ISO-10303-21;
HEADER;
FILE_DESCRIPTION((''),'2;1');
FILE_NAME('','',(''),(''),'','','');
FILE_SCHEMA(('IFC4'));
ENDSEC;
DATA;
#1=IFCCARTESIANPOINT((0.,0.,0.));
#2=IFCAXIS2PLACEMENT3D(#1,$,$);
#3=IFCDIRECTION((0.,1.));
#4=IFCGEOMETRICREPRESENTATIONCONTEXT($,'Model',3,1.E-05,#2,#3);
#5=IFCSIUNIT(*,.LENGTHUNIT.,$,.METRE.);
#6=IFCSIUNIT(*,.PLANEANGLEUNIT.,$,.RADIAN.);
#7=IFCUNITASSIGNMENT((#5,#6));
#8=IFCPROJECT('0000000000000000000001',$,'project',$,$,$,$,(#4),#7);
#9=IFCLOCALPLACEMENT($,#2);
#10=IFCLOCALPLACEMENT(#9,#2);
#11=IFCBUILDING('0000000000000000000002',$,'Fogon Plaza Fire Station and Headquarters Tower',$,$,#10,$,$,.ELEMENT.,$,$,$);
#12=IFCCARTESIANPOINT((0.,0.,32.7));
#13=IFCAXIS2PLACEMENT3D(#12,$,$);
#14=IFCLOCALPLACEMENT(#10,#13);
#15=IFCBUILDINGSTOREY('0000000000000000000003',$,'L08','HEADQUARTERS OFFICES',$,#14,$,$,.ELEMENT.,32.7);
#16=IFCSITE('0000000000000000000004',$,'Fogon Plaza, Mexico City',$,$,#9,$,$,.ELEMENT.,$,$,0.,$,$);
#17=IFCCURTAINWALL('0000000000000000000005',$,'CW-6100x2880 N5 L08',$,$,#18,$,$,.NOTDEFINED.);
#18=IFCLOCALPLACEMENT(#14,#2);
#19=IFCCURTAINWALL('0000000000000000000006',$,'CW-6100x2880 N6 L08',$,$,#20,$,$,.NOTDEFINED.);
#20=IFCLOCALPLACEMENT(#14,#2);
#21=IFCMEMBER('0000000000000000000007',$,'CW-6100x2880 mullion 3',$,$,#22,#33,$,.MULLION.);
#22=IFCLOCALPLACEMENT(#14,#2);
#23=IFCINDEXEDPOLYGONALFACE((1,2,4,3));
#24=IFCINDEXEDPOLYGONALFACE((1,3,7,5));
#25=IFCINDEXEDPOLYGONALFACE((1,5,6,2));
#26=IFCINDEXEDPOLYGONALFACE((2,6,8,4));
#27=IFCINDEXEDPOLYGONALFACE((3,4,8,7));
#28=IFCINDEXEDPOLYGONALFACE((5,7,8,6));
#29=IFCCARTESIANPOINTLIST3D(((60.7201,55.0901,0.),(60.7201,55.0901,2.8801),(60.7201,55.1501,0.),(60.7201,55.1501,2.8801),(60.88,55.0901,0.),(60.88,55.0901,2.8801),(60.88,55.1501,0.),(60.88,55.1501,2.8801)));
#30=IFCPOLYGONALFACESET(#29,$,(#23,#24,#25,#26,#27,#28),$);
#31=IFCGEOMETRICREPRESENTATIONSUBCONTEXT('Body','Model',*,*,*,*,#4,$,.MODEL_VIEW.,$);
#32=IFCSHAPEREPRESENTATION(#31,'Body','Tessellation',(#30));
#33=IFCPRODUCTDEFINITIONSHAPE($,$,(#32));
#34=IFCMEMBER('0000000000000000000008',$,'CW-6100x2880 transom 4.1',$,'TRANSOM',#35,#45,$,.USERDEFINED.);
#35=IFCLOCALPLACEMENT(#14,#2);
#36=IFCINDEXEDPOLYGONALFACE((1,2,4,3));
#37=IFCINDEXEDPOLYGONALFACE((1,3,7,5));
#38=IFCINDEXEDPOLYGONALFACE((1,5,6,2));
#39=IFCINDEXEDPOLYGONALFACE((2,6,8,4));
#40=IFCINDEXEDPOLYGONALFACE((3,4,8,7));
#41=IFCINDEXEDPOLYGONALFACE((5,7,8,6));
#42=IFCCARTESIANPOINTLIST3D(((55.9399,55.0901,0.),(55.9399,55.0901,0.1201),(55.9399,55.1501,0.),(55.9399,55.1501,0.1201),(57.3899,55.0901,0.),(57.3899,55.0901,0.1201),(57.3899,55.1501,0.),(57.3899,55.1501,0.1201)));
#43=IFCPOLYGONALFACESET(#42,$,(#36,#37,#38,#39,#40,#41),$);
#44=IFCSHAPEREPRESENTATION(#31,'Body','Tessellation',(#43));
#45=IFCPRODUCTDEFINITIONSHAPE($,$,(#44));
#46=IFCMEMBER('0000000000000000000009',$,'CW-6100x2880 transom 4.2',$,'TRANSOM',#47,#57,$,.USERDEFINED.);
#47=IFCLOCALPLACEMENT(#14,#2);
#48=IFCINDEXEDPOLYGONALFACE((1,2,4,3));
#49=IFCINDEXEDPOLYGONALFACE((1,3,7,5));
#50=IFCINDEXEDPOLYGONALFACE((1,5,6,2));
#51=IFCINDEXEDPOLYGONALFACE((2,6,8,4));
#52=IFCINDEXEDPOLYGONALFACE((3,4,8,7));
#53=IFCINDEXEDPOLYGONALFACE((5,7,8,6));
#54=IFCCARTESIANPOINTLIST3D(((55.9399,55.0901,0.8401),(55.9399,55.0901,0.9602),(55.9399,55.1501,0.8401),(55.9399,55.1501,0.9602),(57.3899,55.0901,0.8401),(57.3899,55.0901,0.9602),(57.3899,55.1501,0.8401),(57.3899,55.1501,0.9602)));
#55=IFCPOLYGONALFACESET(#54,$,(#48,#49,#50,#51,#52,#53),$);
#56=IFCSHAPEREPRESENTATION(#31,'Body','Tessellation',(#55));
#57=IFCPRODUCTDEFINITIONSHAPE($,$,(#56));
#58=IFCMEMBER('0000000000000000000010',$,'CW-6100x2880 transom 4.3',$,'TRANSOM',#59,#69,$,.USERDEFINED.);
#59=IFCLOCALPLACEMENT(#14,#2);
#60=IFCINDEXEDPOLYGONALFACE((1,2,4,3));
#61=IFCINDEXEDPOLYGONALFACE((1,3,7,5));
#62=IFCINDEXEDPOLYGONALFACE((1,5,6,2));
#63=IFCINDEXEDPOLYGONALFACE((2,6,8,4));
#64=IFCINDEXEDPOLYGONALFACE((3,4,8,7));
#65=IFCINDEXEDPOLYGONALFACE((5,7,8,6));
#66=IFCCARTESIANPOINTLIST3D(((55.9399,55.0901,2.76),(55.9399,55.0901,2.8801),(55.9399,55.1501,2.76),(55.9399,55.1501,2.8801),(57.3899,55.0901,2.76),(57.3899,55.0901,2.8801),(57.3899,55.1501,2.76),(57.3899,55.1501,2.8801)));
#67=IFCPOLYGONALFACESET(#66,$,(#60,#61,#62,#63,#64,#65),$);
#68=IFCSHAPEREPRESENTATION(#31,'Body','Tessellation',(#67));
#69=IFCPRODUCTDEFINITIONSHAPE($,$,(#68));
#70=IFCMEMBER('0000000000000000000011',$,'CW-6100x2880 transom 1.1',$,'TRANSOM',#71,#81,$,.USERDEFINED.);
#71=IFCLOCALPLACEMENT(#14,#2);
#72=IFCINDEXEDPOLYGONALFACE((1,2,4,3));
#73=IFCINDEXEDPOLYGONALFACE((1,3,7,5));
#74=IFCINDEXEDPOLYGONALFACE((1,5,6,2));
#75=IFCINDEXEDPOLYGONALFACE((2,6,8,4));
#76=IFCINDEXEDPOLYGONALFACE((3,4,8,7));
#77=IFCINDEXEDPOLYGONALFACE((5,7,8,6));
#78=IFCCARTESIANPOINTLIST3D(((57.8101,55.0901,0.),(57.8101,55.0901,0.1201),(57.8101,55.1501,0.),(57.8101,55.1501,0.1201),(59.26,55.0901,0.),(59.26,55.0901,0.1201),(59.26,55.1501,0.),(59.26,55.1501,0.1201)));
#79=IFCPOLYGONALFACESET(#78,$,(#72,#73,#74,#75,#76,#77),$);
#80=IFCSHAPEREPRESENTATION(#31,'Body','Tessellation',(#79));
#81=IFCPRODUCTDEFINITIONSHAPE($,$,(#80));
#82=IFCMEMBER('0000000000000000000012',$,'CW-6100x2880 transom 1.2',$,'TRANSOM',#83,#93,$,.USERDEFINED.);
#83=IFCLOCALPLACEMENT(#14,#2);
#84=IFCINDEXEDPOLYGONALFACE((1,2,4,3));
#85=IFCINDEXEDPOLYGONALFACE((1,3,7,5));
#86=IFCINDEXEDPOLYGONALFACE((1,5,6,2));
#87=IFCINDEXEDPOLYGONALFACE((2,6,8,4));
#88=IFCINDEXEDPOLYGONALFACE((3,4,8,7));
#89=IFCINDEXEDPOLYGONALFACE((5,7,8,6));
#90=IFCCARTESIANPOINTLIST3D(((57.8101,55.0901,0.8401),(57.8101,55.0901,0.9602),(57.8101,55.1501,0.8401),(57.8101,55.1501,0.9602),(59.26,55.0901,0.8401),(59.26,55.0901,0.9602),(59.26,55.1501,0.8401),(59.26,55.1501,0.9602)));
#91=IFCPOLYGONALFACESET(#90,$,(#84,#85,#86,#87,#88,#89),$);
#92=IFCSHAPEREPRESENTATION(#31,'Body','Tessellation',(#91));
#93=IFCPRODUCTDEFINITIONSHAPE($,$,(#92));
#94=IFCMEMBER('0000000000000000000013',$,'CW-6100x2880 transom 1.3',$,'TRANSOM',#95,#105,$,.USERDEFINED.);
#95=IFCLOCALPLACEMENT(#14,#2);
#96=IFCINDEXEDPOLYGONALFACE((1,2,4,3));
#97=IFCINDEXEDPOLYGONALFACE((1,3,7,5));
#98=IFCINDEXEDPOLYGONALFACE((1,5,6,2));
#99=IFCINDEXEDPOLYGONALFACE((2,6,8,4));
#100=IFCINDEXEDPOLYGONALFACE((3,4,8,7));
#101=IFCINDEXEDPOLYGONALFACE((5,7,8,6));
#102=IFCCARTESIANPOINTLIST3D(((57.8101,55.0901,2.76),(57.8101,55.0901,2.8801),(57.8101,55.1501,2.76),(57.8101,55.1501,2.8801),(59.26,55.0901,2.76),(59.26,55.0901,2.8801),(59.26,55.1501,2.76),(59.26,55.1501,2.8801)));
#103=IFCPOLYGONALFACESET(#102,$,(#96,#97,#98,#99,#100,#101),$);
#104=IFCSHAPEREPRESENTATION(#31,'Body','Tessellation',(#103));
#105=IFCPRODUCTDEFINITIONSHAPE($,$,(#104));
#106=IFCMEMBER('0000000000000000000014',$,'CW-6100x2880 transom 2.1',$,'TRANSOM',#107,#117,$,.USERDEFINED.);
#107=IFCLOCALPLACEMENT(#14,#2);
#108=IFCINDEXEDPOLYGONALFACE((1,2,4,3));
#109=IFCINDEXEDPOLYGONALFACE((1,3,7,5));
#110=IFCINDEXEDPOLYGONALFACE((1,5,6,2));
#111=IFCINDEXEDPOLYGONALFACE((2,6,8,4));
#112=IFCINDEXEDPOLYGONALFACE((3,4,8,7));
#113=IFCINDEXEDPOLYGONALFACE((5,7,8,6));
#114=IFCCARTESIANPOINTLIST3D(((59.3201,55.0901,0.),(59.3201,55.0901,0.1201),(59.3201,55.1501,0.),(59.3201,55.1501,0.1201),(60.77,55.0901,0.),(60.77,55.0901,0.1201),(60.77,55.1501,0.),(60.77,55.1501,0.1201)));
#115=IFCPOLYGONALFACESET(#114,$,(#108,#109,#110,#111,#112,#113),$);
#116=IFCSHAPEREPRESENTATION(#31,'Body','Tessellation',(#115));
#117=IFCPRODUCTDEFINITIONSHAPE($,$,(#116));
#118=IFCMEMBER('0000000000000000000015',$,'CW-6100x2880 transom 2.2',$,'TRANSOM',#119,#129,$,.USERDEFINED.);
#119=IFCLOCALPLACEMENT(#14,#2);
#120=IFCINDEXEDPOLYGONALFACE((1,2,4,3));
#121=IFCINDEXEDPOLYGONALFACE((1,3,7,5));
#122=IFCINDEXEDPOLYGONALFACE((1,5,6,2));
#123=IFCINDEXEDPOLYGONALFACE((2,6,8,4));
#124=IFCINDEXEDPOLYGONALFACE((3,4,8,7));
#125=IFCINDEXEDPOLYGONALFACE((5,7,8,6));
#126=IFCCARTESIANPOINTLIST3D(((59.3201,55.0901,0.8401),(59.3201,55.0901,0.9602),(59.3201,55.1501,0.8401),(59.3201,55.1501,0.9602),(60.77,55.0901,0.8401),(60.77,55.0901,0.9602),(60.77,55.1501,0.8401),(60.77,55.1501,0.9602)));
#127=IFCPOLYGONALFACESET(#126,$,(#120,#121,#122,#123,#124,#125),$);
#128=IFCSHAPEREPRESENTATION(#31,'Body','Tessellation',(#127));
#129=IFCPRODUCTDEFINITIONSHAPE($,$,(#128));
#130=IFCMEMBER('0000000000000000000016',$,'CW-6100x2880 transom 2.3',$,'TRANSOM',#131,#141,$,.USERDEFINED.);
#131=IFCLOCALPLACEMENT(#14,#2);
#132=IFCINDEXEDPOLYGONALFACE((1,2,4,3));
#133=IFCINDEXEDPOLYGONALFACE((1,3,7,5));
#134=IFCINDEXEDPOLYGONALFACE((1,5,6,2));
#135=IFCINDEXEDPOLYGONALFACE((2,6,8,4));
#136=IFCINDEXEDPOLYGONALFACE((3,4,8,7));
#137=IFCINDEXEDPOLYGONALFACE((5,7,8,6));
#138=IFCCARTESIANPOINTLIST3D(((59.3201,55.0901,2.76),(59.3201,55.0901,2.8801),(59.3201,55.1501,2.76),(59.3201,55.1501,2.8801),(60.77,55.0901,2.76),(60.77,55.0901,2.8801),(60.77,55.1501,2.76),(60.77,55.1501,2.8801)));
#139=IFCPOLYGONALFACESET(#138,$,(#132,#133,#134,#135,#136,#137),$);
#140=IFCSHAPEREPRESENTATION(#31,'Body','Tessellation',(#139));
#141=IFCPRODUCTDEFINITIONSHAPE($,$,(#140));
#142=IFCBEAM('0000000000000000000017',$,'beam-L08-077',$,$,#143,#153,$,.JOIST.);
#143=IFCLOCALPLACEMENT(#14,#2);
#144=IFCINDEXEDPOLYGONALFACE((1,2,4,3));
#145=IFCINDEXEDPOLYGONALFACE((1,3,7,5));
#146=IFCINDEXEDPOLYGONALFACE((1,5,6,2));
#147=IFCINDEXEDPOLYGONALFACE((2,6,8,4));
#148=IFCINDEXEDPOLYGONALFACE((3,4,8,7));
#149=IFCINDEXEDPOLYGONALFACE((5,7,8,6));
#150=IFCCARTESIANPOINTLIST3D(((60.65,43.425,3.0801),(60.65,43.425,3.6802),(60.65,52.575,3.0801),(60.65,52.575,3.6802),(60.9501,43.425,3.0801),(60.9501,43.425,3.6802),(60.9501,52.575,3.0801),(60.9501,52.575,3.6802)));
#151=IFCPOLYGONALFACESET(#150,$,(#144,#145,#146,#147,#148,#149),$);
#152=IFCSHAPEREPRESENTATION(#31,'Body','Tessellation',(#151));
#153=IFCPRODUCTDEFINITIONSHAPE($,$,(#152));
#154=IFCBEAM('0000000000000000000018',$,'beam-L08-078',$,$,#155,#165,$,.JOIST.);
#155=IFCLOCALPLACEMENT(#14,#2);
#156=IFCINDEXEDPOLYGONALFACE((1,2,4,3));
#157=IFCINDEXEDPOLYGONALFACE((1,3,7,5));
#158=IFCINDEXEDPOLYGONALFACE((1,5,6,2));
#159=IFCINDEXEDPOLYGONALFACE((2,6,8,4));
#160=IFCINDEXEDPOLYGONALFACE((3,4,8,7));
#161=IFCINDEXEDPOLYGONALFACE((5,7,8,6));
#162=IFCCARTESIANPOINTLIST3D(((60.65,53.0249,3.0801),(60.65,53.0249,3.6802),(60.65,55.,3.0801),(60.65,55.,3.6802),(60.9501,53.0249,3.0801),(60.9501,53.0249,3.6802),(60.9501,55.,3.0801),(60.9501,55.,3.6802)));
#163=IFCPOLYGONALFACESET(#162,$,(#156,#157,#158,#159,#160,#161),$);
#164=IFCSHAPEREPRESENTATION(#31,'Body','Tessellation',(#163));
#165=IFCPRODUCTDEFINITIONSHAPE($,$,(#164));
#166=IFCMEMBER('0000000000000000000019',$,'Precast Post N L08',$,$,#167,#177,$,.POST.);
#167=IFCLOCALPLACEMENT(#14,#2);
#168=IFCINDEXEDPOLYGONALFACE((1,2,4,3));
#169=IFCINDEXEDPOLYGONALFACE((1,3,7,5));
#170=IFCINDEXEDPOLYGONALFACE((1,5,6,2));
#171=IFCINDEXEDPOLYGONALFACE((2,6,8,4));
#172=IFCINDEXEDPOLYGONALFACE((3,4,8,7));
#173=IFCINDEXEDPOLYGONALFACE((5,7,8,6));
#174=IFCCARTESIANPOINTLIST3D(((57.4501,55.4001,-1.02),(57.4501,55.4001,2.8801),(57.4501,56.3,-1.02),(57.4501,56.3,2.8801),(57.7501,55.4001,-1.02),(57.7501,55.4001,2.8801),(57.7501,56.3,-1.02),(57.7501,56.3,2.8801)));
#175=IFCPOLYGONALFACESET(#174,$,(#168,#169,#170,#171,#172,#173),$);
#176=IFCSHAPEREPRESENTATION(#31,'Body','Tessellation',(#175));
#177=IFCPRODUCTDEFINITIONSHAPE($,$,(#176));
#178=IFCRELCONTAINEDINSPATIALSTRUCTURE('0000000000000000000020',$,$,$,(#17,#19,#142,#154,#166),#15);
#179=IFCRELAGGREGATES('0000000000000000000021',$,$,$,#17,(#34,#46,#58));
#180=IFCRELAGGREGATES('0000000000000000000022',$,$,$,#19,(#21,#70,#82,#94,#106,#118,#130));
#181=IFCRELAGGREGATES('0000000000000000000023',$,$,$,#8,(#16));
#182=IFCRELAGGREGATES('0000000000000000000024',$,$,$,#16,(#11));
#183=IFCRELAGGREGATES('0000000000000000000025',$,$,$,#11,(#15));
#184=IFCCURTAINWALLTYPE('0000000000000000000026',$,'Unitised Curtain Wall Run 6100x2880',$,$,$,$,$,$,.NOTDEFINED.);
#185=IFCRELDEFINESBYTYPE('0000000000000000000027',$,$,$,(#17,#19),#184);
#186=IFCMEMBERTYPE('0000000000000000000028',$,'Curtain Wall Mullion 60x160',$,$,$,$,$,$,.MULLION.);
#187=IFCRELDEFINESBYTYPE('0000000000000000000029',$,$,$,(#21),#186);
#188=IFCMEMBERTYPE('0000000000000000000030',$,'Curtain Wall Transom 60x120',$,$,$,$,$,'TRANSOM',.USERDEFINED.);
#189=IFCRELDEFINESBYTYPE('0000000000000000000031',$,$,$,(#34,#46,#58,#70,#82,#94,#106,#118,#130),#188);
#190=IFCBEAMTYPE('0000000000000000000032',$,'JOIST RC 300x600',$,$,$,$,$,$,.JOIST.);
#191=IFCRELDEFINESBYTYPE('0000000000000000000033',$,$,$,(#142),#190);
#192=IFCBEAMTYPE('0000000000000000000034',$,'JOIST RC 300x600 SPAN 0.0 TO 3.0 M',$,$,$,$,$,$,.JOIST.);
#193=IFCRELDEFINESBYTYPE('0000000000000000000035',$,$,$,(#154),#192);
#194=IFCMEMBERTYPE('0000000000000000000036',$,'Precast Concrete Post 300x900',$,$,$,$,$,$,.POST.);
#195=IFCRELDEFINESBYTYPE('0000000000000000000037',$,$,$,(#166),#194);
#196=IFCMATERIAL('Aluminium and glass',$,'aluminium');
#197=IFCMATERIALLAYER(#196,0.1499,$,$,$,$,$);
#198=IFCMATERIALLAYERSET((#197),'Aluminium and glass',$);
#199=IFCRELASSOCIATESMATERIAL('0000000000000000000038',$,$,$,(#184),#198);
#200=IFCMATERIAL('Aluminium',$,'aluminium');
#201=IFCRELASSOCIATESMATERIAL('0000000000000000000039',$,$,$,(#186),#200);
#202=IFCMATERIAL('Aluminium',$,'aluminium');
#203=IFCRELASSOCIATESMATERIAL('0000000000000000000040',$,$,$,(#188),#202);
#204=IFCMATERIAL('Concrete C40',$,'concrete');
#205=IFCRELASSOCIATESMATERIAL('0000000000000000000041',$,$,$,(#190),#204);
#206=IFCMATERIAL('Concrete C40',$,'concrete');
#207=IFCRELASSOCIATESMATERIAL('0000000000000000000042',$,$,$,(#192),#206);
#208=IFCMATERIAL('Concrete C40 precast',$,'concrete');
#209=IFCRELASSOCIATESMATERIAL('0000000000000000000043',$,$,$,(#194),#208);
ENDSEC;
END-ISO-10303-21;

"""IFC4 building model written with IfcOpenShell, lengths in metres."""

from ifc_helpers import new_model, si_unit, direction, frame, origin, origin_2d, place, context, subcontext, project, spatial, rectangle, extrude, material, layer, layer_set, material_profile, profile_set, type_object, element, aggregate, save


model = new_model("IFC4")

# Units and contexts
model_context = context("Model", 3, precision=1e-05, world=origin(), true_north=direction((0.0, 1.0)))
body_context = subcontext(model_context, "Body", "Model", "MODEL_VIEW")
ifc_project = project(units=[si_unit("LENGTHUNIT", "METRE"), si_unit("PLANEANGLEUNIT", "RADIAN")], contexts=[model_context])

# Site, building, storey
site_placement = place(None, origin())
site = spatial("IfcSite", under=ifc_project, at=site_placement, Name="Fogon Plaza, Mexico City", CompositionType="ELEMENT", RefElevation=0.0)
building_placement = place(site_placement, origin())
building = spatial("IfcBuilding", under=site, at=building_placement, Name="Fogon Plaza Fire Station and Headquarters Tower", CompositionType="ELEMENT")
storey_placement = place(building_placement, frame((0.0, 0.0, 32.7)))
storey = spatial("IfcBuildingStorey", under=building, at=storey_placement, Name="L08", Description="HEADQUARTERS OFFICES", CompositionType="ELEMENT", Elevation=32.7)

# Curtain walls, member
ifc_material_1 = material(Name="Aluminium and glass", Category="aluminium")
ifc_layer_1 = layer(ifc_material_1, 0.1499)
ifc_layer_set_1 = layer_set([ifc_layer_1], Name="Aluminium and glass")
curtain_wall_type = type_object("IfcCurtainWallType", Name="Unitised Curtain Wall Run 6100x2880", PredefinedType="NOTDEFINED", material=ifc_layer_set_1)
curtain_wall_1_placement = place(storey_placement, origin())
curtain_wall_1 = element("IfcCurtainWall", 1, at=curtain_wall_1_placement, inside=storey, type_object=curtain_wall_type, Name="CW-6100x2880 N5 L08", PredefinedType="NOTDEFINED")
ifc_material_2 = material(Name="Aluminium", Category="aluminium")
ifc_material_profile_1 = material_profile(ifc_material_2, rectangle(XDim=0.0601, YDim=0.1599, at=origin_2d()), Name="Curtain Wall Mullion 60x160")
ifc_profile_set_1 = profile_set([ifc_material_profile_1], Name="Aluminium")
member_type_1 = type_object("IfcMemberType", Name="Curtain Wall Mullion 60x160", PredefinedType="MULLION", material=ifc_profile_set_1)
curtain_wall_2_placement = place(storey_placement, origin())
curtain_wall_2 = element("IfcCurtainWall", 2, at=curtain_wall_2_placement, inside=storey, type_object=curtain_wall_type, Name="CW-6100x2880 N6 L08", PredefinedType="NOTDEFINED")
member_1_placement = place(storey_placement, frame((60.8, 55.1201, 0.0), z_axis=(0.0, 0.0, 1.0), x_axis=(0.0, 1.0, 0.0)))
member_1 = element("IfcMember", 3, at=member_1_placement, type_object=member_type_1, Name="CW-6100x2880 mullion 3", PredefinedType="MULLION", context=body_context, shape_type="SweptSolid", body=[
    extrude(rectangle(XDim=0.0601, YDim=0.1599, at=origin_2d()), origin(), (0.0, 0.0, 1.0), 2.8801),
])

# Members
ifc_material_3 = material(Name="Aluminium", Category="aluminium")
ifc_material_profile_2 = material_profile(ifc_material_3, rectangle(XDim=0.0601, YDim=0.1201, at=origin_2d()), Name="Curtain Wall Transom 60x120")
ifc_profile_set_2 = profile_set([ifc_material_profile_2], Name="Aluminium")
member_type_2 = type_object("IfcMemberType", Name="Curtain Wall Transom 60x120", ElementType="TRANSOM", PredefinedType="USERDEFINED", material=ifc_profile_set_2)
member_2_placement = place(storey_placement, frame((55.9399, 55.1201, 0.0601), z_axis=(1.0, 0.0, 0.0), x_axis=(0.0, 1.0, 0.0)))
member_2 = element("IfcMember", 4, at=member_2_placement, type_object=member_type_2, Name="CW-6100x2880 transom 4.1", ObjectType="TRANSOM", PredefinedType="USERDEFINED", context=body_context, shape_type="SweptSolid", body=[
    extrude(rectangle(XDim=0.0601, YDim=0.1201, at=origin_2d()), origin(), (0.0, 0.0, 1.0), 1.45),
])
member_3_placement = place(storey_placement, frame((55.9399, 55.1201, 0.9001), z_axis=(1.0, 0.0, 0.0), x_axis=(0.0, 1.0, 0.0)))
member_3 = element("IfcMember", 5, at=member_3_placement, type_object=member_type_2, Name="CW-6100x2880 transom 4.2", ObjectType="TRANSOM", PredefinedType="USERDEFINED", context=body_context, shape_type="SweptSolid", body=[
    extrude(rectangle(XDim=0.0601, YDim=0.1201, at=origin_2d()), origin(), (0.0, 0.0, 1.0), 1.45),
])
member_4_placement = place(storey_placement, frame((55.9399, 55.1201, 2.8201), z_axis=(1.0, 0.0, 0.0), x_axis=(0.0, 1.0, 0.0)))
member_4 = element("IfcMember", 6, at=member_4_placement, type_object=member_type_2, Name="CW-6100x2880 transom 4.3", ObjectType="TRANSOM", PredefinedType="USERDEFINED", context=body_context, shape_type="SweptSolid", body=[
    extrude(rectangle(XDim=0.0601, YDim=0.1201, at=origin_2d()), origin(), (0.0, 0.0, 1.0), 1.45),
])
member_5_placement = place(storey_placement, frame((57.8101, 55.1201, 0.0601), z_axis=(1.0, 0.0, 0.0), x_axis=(0.0, 1.0, 0.0)))
member_5 = element("IfcMember", 7, at=member_5_placement, type_object=member_type_2, Name="CW-6100x2880 transom 1.1", ObjectType="TRANSOM", PredefinedType="USERDEFINED", context=body_context, shape_type="SweptSolid", body=[
    extrude(rectangle(XDim=0.0601, YDim=0.1201, at=origin_2d()), origin(), (0.0, 0.0, 1.0), 1.45),
])
member_6_placement = place(storey_placement, frame((57.8101, 55.1201, 0.9001), z_axis=(1.0, 0.0, 0.0), x_axis=(0.0, 1.0, 0.0)))
member_6 = element("IfcMember", 8, at=member_6_placement, type_object=member_type_2, Name="CW-6100x2880 transom 1.2", ObjectType="TRANSOM", PredefinedType="USERDEFINED", context=body_context, shape_type="SweptSolid", body=[
    extrude(rectangle(XDim=0.0601, YDim=0.1201, at=origin_2d()), origin(), (0.0, 0.0, 1.0), 1.45),
])
member_7_placement = place(storey_placement, frame((57.8101, 55.1201, 2.8201), z_axis=(1.0, 0.0, 0.0), x_axis=(0.0, 1.0, 0.0)))
member_7 = element("IfcMember", 9, at=member_7_placement, type_object=member_type_2, Name="CW-6100x2880 transom 1.3", ObjectType="TRANSOM", PredefinedType="USERDEFINED", context=body_context, shape_type="SweptSolid", body=[
    extrude(rectangle(XDim=0.0601, YDim=0.1201, at=origin_2d()), origin(), (0.0, 0.0, 1.0), 1.45),
])
member_8_placement = place(storey_placement, frame((59.3201, 55.1201, 0.0601), z_axis=(1.0, 0.0, 0.0), x_axis=(0.0, 1.0, 0.0)))
member_8 = element("IfcMember", 10, at=member_8_placement, type_object=member_type_2, Name="CW-6100x2880 transom 2.1", ObjectType="TRANSOM", PredefinedType="USERDEFINED", context=body_context, shape_type="SweptSolid", body=[
    extrude(rectangle(XDim=0.0601, YDim=0.1201, at=origin_2d()), origin(), (0.0, 0.0, 1.0), 1.45),
])
member_9_placement = place(storey_placement, frame((59.3201, 55.1201, 0.9001), z_axis=(1.0, 0.0, 0.0), x_axis=(0.0, 1.0, 0.0)))
member_9 = element("IfcMember", 11, at=member_9_placement, type_object=member_type_2, Name="CW-6100x2880 transom 2.2", ObjectType="TRANSOM", PredefinedType="USERDEFINED", context=body_context, shape_type="SweptSolid", body=[
    extrude(rectangle(XDim=0.0601, YDim=0.1201, at=origin_2d()), origin(), (0.0, 0.0, 1.0), 1.45),
])
member_10_placement = place(storey_placement, frame((59.3201, 55.1201, 2.8201), z_axis=(1.0, 0.0, 0.0), x_axis=(0.0, 1.0, 0.0)))
member_10 = element("IfcMember", 12, at=member_10_placement, type_object=member_type_2, Name="CW-6100x2880 transom 2.3", ObjectType="TRANSOM", PredefinedType="USERDEFINED", context=body_context, shape_type="SweptSolid", body=[
    extrude(rectangle(XDim=0.0601, YDim=0.1201, at=origin_2d()), origin(), (0.0, 0.0, 1.0), 1.45),
])

# Beams
ifc_material_4 = material(Name="Concrete C40", Category="concrete")
ifc_material_profile_3 = material_profile(ifc_material_4, rectangle(XDim=0.3, YDim=0.6001, at=origin_2d()), Name="RC 300x600")
ifc_profile_set_3 = profile_set([ifc_material_profile_3], Name="Concrete C40")
beam_type_1 = type_object("IfcBeamType", Name="JOIST RC 300x600", PredefinedType="JOIST", material=ifc_profile_set_3)
beam_1_placement = place(storey_placement, frame((60.8, 43.425, 3.3801), z_axis=(0.0, 1.0, 0.0), x_axis=(-1.0, 0.0, 0.0)))
element("IfcBeam", 13, at=beam_1_placement, inside=storey, type_object=beam_type_1, Name="beam-L08-077", PredefinedType="JOIST", context=body_context, shape_type="SweptSolid", body=[
    extrude(rectangle(XDim=0.3, YDim=0.6001, at=origin_2d()), origin(), (0.0, 0.0, 1.0), 9.1499),
])
ifc_material_5 = material(Name="Concrete C40", Category="concrete")
ifc_material_profile_4 = material_profile(ifc_material_5, rectangle(XDim=0.3, YDim=0.6001, at=origin_2d()), Name="RC 300x600")
ifc_profile_set_4 = profile_set([ifc_material_profile_4], Name="Concrete C40")
beam_type_2 = type_object("IfcBeamType", Name="JOIST RC 300x600 SPAN 0.0 TO 3.0 M", PredefinedType="JOIST", material=ifc_profile_set_4)
beam_2_placement = place(storey_placement, frame((60.8, 53.0249, 3.3801), z_axis=(0.0, 1.0, 0.0), x_axis=(-1.0, 0.0, 0.0)))
element("IfcBeam", 14, at=beam_2_placement, inside=storey, type_object=beam_type_2, Name="beam-L08-078", PredefinedType="JOIST", context=body_context, shape_type="SweptSolid", body=[
    extrude(rectangle(XDim=0.3, YDim=0.6001, at=origin_2d()), origin(), (0.0, 0.0, 1.0), 1.9751),
])

# Member
ifc_material_6 = material(Name="Concrete C40 precast", Category="concrete")
ifc_material_profile_5 = material_profile(ifc_material_6, rectangle(XDim=0.3, YDim=0.8999, at=origin_2d()), Name="Precast Concrete Post 300x900")
ifc_profile_set_5 = profile_set([ifc_material_profile_5], Name="Concrete C40 precast")
member_type_3 = type_object("IfcMemberType", Name="Precast Concrete Post 300x900", PredefinedType="POST", material=ifc_profile_set_5)
member_11_placement = place(storey_placement, frame((57.6001, 55.8501, -1.02), z_axis=(0.0, 0.0, 1.0), x_axis=(1.0, 0.0, 0.0)))
element("IfcMember", 15, at=member_11_placement, inside=storey, type_object=member_type_3, Name="Precast Post N L08", PredefinedType="POST", context=body_context, shape_type="SweptSolid", body=[
    extrude(rectangle(XDim=0.3, YDim=0.8999, at=origin_2d()), origin(), (0.0, 0.0, 1.0), 3.9001),
])

aggregate(curtain_wall_1, [member_2, member_3, member_4])
aggregate(curtain_wall_2, [member_1, member_5, member_6, member_7, member_8, member_9, member_10])

save(model, "model.ifc")
